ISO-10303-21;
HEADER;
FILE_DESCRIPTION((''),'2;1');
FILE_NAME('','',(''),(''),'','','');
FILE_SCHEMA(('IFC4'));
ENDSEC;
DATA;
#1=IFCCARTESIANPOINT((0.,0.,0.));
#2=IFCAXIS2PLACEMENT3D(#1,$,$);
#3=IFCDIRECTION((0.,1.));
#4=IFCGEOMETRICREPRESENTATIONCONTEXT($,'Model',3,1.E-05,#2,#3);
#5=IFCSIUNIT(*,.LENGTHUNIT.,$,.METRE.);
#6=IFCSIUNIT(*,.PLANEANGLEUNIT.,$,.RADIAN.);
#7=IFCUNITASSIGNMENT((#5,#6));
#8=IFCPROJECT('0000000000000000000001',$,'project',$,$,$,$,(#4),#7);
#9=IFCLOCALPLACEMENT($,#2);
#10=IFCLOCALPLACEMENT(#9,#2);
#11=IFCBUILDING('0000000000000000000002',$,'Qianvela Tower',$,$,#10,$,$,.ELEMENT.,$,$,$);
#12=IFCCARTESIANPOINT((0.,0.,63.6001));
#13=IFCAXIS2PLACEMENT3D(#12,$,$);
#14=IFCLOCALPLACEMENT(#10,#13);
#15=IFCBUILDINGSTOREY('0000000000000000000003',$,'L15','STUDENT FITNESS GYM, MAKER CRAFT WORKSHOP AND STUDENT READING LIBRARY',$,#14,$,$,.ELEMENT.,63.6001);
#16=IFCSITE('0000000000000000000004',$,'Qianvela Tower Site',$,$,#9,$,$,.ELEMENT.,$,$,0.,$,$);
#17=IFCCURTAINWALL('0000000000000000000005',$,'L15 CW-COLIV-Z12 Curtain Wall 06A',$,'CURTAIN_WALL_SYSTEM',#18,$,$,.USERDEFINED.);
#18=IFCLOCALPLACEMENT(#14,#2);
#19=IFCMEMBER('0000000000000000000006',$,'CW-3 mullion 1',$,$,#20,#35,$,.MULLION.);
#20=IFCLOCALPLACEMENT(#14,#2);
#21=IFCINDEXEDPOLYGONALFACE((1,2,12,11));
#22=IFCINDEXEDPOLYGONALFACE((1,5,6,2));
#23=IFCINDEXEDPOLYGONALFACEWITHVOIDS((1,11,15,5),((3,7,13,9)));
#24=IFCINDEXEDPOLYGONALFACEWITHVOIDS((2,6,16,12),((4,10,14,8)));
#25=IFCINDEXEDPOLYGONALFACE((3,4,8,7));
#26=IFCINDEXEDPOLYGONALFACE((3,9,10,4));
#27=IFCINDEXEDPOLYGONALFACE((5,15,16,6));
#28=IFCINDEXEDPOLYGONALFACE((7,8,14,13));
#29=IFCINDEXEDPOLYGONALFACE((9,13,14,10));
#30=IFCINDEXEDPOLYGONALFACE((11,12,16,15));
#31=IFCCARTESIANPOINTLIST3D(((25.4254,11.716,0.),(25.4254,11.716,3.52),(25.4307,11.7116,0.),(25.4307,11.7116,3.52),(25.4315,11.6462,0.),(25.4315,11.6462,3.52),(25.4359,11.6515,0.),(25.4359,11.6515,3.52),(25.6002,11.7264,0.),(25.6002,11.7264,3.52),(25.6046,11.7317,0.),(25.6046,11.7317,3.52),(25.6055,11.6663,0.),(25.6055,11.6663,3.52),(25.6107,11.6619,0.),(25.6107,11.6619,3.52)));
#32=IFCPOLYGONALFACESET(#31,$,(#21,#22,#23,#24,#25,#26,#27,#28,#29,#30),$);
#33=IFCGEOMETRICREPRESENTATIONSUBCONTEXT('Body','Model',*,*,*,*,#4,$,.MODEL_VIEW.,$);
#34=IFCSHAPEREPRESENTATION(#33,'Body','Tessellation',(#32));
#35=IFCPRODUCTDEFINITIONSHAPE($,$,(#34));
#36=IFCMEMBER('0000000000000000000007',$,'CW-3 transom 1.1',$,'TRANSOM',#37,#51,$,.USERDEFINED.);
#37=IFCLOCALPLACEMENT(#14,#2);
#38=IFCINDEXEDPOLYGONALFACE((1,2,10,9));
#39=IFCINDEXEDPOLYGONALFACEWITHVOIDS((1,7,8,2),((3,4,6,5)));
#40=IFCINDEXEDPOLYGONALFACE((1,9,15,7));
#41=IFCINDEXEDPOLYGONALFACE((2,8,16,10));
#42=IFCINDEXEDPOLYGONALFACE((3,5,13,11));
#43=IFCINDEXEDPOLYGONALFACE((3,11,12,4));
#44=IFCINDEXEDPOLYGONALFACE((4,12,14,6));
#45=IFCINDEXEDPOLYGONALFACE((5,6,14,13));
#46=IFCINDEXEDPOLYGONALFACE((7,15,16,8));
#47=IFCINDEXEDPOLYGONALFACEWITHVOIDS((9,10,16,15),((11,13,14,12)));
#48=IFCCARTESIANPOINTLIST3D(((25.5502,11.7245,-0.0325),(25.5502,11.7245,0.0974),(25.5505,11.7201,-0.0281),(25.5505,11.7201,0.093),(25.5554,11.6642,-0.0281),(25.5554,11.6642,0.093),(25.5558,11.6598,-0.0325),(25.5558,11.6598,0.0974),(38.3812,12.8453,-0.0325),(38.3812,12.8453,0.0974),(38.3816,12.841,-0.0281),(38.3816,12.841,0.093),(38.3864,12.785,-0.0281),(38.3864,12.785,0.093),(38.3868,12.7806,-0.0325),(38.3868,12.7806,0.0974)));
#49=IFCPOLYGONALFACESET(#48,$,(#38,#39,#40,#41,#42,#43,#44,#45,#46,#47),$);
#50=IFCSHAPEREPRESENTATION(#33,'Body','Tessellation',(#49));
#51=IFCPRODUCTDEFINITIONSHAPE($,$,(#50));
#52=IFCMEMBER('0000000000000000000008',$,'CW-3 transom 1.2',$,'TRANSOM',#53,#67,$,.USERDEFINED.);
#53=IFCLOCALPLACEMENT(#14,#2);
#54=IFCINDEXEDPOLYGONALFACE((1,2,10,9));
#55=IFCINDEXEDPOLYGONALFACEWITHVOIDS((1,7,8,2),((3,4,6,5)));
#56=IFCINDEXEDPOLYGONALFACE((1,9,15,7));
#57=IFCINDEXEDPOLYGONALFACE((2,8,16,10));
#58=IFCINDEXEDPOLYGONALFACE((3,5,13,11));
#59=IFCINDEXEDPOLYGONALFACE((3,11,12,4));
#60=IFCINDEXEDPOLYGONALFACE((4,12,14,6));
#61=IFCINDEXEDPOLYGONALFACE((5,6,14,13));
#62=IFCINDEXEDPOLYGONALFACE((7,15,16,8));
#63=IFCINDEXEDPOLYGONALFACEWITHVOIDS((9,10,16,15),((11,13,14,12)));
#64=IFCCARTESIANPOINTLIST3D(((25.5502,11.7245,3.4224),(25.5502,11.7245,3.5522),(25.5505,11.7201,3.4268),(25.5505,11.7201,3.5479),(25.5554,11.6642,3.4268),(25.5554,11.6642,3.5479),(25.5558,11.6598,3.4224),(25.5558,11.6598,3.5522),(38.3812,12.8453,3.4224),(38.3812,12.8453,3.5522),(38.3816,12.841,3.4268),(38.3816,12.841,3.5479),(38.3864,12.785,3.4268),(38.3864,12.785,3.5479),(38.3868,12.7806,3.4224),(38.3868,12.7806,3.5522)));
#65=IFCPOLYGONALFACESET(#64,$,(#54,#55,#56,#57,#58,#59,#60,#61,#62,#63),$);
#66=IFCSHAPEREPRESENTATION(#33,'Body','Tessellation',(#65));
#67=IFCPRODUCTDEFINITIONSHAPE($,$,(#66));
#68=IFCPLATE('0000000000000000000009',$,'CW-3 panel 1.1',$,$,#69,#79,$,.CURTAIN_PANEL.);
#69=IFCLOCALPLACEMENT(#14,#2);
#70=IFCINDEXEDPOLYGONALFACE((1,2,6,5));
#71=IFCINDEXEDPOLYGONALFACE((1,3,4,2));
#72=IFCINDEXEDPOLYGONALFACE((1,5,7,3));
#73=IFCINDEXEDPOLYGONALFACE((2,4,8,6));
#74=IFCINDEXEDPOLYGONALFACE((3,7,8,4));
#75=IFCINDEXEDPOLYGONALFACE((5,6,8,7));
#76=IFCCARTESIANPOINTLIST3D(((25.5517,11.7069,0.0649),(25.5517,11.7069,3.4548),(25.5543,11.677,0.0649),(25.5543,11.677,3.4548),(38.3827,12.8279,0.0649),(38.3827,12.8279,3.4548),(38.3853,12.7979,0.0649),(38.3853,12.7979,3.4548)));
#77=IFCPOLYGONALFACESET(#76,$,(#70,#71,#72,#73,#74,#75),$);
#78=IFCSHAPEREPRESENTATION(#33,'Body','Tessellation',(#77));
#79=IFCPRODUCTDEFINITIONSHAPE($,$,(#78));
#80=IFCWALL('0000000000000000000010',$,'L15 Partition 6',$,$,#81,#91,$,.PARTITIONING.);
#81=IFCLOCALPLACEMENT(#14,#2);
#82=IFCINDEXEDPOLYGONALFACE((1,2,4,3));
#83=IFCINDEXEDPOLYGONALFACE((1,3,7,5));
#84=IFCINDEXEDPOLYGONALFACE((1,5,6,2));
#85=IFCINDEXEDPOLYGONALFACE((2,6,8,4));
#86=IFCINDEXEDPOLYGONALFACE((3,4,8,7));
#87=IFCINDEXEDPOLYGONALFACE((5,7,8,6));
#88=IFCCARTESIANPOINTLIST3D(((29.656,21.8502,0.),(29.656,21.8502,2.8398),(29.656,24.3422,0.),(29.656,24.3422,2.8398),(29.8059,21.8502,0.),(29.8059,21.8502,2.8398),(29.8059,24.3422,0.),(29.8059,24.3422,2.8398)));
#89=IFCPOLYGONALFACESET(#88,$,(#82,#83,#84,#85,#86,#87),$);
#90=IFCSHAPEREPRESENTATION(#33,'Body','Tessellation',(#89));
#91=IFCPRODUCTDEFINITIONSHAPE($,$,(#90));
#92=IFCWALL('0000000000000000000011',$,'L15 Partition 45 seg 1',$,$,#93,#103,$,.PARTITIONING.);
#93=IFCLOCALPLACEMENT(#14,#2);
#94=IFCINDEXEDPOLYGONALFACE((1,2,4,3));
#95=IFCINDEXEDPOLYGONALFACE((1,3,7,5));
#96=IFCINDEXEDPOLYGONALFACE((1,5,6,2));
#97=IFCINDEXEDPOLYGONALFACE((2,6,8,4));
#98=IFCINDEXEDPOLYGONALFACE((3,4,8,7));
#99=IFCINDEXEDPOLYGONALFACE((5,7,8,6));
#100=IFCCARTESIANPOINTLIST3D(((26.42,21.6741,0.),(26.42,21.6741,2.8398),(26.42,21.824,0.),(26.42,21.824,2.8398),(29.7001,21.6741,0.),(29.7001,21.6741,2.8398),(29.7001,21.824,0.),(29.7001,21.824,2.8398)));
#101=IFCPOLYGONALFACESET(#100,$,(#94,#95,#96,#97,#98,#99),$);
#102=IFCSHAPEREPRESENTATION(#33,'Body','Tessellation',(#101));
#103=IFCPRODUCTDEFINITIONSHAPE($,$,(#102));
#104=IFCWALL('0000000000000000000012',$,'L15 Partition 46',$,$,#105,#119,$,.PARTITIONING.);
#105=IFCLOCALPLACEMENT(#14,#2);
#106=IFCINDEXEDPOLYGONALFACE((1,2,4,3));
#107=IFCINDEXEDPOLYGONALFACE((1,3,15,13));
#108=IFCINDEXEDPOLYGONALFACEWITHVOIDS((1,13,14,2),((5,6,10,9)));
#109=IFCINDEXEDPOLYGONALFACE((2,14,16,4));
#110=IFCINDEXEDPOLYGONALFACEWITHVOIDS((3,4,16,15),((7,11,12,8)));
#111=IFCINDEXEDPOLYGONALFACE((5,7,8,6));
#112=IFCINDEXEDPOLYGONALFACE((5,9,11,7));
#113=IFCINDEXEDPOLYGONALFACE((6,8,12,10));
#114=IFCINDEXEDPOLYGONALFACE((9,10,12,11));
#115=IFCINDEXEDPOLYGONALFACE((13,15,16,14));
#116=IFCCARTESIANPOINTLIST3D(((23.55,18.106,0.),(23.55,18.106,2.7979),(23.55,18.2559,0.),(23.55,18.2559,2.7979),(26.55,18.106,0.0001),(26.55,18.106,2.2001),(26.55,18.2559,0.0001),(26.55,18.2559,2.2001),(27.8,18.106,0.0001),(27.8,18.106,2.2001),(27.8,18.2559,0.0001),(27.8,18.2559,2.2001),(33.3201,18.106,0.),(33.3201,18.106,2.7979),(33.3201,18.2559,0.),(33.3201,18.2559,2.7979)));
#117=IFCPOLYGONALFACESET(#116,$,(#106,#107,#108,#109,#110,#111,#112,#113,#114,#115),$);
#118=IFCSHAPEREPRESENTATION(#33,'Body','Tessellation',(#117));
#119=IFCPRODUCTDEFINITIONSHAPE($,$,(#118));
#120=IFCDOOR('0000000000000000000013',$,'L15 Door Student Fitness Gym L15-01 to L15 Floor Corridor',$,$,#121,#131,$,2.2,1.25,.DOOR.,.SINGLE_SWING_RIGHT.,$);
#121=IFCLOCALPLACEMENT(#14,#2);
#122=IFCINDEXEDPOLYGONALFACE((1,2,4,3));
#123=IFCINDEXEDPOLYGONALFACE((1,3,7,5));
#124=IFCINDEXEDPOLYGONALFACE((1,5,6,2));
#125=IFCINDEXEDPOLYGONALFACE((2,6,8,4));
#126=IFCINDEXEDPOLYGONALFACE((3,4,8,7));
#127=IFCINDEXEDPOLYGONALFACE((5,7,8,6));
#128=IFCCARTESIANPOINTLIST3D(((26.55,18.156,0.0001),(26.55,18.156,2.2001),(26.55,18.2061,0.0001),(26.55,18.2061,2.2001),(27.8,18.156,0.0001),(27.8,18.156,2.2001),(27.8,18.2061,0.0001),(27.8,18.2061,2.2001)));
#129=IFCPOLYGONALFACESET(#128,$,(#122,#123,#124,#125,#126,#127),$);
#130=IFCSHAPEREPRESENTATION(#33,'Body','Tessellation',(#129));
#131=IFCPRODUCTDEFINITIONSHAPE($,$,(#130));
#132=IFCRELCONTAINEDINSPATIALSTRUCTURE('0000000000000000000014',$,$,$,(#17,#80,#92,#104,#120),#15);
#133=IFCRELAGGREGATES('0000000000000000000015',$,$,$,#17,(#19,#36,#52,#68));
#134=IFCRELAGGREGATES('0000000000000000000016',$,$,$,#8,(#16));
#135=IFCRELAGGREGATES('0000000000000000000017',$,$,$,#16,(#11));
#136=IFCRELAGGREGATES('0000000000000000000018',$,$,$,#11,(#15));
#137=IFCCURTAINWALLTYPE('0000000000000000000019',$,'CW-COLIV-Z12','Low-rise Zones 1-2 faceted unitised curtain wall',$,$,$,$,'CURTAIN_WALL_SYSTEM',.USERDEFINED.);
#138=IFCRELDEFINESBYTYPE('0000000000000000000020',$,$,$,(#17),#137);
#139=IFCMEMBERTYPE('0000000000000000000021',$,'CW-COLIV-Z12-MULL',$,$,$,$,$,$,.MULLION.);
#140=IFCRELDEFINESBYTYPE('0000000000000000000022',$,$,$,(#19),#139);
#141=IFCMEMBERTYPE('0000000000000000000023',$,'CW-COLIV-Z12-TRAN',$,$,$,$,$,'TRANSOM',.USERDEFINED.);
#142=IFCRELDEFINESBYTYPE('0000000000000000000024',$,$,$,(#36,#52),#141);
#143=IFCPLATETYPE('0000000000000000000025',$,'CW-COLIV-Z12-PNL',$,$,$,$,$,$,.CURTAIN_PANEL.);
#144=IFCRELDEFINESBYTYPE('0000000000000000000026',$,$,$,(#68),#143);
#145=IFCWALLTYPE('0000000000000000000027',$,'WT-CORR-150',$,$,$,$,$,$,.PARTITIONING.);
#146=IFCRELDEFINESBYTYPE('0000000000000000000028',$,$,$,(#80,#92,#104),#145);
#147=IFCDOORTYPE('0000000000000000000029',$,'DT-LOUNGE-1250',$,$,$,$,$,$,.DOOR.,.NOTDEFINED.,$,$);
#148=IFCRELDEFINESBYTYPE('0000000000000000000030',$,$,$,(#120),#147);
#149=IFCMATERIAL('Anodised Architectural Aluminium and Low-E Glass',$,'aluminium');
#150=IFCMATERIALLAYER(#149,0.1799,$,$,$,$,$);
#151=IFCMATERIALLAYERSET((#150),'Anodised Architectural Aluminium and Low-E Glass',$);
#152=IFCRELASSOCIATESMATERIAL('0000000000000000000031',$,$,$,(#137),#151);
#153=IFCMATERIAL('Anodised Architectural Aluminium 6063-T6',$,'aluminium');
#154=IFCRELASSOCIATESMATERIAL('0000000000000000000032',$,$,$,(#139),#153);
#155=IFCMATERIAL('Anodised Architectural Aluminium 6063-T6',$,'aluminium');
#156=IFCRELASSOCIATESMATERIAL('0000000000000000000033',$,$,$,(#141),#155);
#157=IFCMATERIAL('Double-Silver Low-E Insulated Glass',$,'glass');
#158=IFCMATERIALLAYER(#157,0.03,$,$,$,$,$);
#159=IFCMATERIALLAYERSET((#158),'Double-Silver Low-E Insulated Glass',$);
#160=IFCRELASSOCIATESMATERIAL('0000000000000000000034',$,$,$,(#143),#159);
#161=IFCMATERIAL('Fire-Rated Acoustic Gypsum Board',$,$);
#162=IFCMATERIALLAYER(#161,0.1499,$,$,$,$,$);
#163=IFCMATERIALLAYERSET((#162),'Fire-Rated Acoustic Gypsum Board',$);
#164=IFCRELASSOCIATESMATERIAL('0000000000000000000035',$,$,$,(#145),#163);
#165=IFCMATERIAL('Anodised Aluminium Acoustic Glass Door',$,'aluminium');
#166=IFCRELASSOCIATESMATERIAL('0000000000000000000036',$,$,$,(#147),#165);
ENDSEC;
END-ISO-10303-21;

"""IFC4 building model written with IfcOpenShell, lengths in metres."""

from ifc_helpers import new_model, si_unit, direction, frame, frame_2d, origin, origin_2d, place, context, subcontext, project, spatial, rectangle, hollow_rectangle, extrude, material, layer, layer_set, material_profile, profile_set, type_object, element, fill, aggregate, save


model = new_model("IFC4")

# Units and contexts
model_context = context("Model", 3, precision=1e-05, world=origin(), true_north=direction((0.0, 1.0)))
body_context = subcontext(model_context, "Body", "Model", "MODEL_VIEW")
ifc_project = project(units=[si_unit("LENGTHUNIT", "METRE"), si_unit("PLANEANGLEUNIT", "RADIAN")], contexts=[model_context])

# Site, building, storey
site_placement = place(None, origin())
site = spatial("IfcSite", under=ifc_project, at=site_placement, Name="Qianvela Tower Site", CompositionType="ELEMENT", RefElevation=0.0)
building_placement = place(site_placement, origin())
building = spatial("IfcBuilding", under=site, at=building_placement, Name="Qianvela Tower", CompositionType="ELEMENT")
storey_placement = place(building_placement, frame((0.0, 0.0, 63.6001)))
storey = spatial("IfcBuildingStorey", under=building, at=storey_placement, Name="L15", Description="STUDENT FITNESS GYM, MAKER CRAFT WORKSHOP AND STUDENT READING LIBRARY", CompositionType="ELEMENT", Elevation=63.6001)

# Curtain wall, members, plate
ifc_material_1 = material(Name="Anodised Architectural Aluminium and Low-E Glass", Category="aluminium")
ifc_layer_1 = layer(ifc_material_1, 0.1799)
ifc_layer_set_1 = layer_set([ifc_layer_1], Name="Anodised Architectural Aluminium and Low-E Glass")
curtain_wall_type = type_object("IfcCurtainWallType", Name="CW-COLIV-Z12", Description="Low-rise Zones 1-2 faceted unitised curtain wall", ElementType="CURTAIN_WALL_SYSTEM", PredefinedType="USERDEFINED", material=ifc_layer_set_1)
curtain_wall_placement = place(storey_placement, origin())
curtain_wall = element("IfcCurtainWall", 1, at=curtain_wall_placement, inside=storey, type_object=curtain_wall_type, Name="L15 CW-COLIV-Z12 Curtain Wall 06A", ObjectType="CURTAIN_WALL_SYSTEM", PredefinedType="USERDEFINED")
ifc_material_2 = material(Name="Anodised Architectural Aluminium 6063-T6", Category="aluminium")
ifc_material_profile_1 = material_profile(ifc_material_2, hollow_rectangle(XDim=0.0701, YDim=0.1799, WallThickness=0.0049, at=origin_2d()), Name="ALU-MULL-70x180")
ifc_profile_set_1 = profile_set([ifc_material_profile_1], Name="Anodised Architectural Aluminium 6063-T6")
member_type_1 = type_object("IfcMemberType", Name="CW-COLIV-Z12-MULL", PredefinedType="MULLION", material=ifc_profile_set_1)
member_1_placement = place(storey_placement, frame((25.5181, 11.689, 0.0), z_axis=(0.0, 0.0, 1.0), x_axis=(-0.087028, 0.996206, 0.0)))
member_1 = element("IfcMember", 2, at=member_1_placement, type_object=member_type_1, Name="CW-3 mullion 1", PredefinedType="MULLION", context=body_context, shape_type="SweptSolid", body=[
    extrude(hollow_rectangle(XDim=0.0701, YDim=0.1799, WallThickness=0.0049, at=origin_2d()), origin(), (0.0, 0.0, 1.0), 3.52),
])
ifc_material_3 = material(Name="Anodised Architectural Aluminium 6063-T6", Category="aluminium")
ifc_material_profile_2 = material_profile(ifc_material_3, hollow_rectangle(XDim=0.0649, YDim=0.1299, WallThickness=0.0044, at=origin_2d()), Name="ALU-TRAN-65x130")
ifc_profile_set_2 = profile_set([ifc_material_profile_2], Name="Anodised Architectural Aluminium 6063-T6")
member_type_2 = type_object("IfcMemberType", Name="CW-COLIV-Z12-TRAN", ElementType="TRANSOM", PredefinedType="USERDEFINED", material=ifc_profile_set_2)
member_2_placement = place(storey_placement, frame((25.553, 11.6921, 0.0325), z_axis=(0.996206, 0.087023, 0.0), x_axis=(-0.087023, 0.996206, 0.0)))
member_2 = element("IfcMember", 3, at=member_2_placement, type_object=member_type_2, Name="CW-3 transom 1.1", ObjectType="TRANSOM", PredefinedType="USERDEFINED", context=body_context, shape_type="SweptSolid", body=[
    extrude(hollow_rectangle(XDim=0.0649, YDim=0.1299, WallThickness=0.0044, at=origin_2d()), origin(), (0.0, 0.0, 1.0), 12.8799),
])
member_3_placement = place(storey_placement, frame((25.553, 11.6921, 3.4873), z_axis=(0.996206, 0.087023, 0.0), x_axis=(-0.087023, 0.996206, 0.0)))
member_3 = element("IfcMember", 4, at=member_3_placement, type_object=member_type_2, Name="CW-3 transom 1.2", ObjectType="TRANSOM", PredefinedType="USERDEFINED", context=body_context, shape_type="SweptSolid", body=[
    extrude(hollow_rectangle(XDim=0.0649, YDim=0.1299, WallThickness=0.0044, at=origin_2d()), origin(), (0.0, 0.0, 1.0), 12.8799),
])
ifc_material_4 = material(Name="Double-Silver Low-E Insulated Glass", Category="glass")
ifc_layer_2 = layer(ifc_material_4, 0.03)
ifc_layer_set_2 = layer_set([ifc_layer_2], Name="Double-Silver Low-E Insulated Glass")
plate_type = type_object("IfcPlateType", Name="CW-COLIV-Z12-PNL", PredefinedType="CURTAIN_PANEL", material=ifc_layer_set_2)
plate_placement = place(storey_placement, frame((31.9685, 12.2524, 0.0649), z_axis=(0.0, 0.0, 1.0), x_axis=(0.996206, 0.087028, 0.0)))
plate = element("IfcPlate", 5, at=plate_placement, type_object=plate_type, Name="CW-3 panel 1.1", PredefinedType="CURTAIN_PANEL", context=body_context, shape_type="SweptSolid", body=[
    extrude(rectangle(XDim=12.8799, YDim=0.03, at=origin_2d()), origin(), (0.0, 0.0, 1.0), 3.3899),
])
aggregate(curtain_wall, [member_1, member_2, member_3, plate])

# Shared definitions
ifc_material_5 = material(Name="Fire-Rated Acoustic Gypsum Board")
ifc_layer_3 = layer(ifc_material_5, 0.1499)
ifc_layer_set_3 = layer_set([ifc_layer_3], Name="Fire-Rated Acoustic Gypsum Board")
wall_type = type_object("IfcWallType", Name="WT-CORR-150", PredefinedType="PARTITIONING", material=ifc_layer_set_3)

# Walls
wall_1_placement = place(storey_placement, frame((29.731, 21.8501, 0.0), z_axis=(0.0, 0.0, 1.0), x_axis=(0.0, 1.0, 0.0)))
element("IfcWall", 6, at=wall_1_placement, inside=storey, type_object=wall_type, Name="L15 Partition 6", PredefinedType="PARTITIONING", context=body_context, shape_type="SweptSolid", body=[
    extrude(rectangle(XDim=2.4919, YDim=0.1499, at=frame_2d((1.2461, 0.0))), origin(), (0.0, 0.0, 1.0), 2.8398),
])
wall_2_placement = place(storey_placement, frame((26.4199, 21.749, 0.0), z_axis=(0.0, 0.0, 1.0), x_axis=(1.0, 0.0, 0.0)))
element("IfcWall", 7, at=wall_2_placement, inside=storey, type_object=wall_type, Name="L15 Partition 45 seg 1", PredefinedType="PARTITIONING", context=body_context, shape_type="SweptSolid", body=[
    extrude(rectangle(XDim=3.28, YDim=0.1499, at=frame_2d((1.6401, 0.0))), origin(), (0.0, 0.0, 1.0), 2.8398),
])

# Wall, opening, door
wall_3_placement = place(storey_placement, frame((33.3201, 18.1809, 0.0), z_axis=(0.0, 0.0, 1.0), x_axis=(-1.0, 0.0, 0.0)))
wall_3 = element("IfcWall", 8, at=wall_3_placement, inside=storey, type_object=wall_type, Name="L15 Partition 46", PredefinedType="PARTITIONING", context=body_context, shape_type="SweptSolid", body=[
    extrude(rectangle(XDim=9.77, YDim=0.1499, at=frame_2d((4.885, 0.0))), origin(), (0.0, 0.0, 1.0), 2.7979),
])
opening_1_placement = place(wall_3_placement, frame((5.52, 0.0, 0.0)))
opening_1 = element("IfcOpeningElement", 9, at=opening_1_placement, cuts=wall_3, PredefinedType="OPENING", context=body_context, shape_type="SweptSolid", body=[
    extrude(rectangle(XDim=1.25, YDim=2.2, at=frame_2d((0.625, 1.1001))), frame((0.0, 0.085, 0.0), z_axis=(0.0, -1.0, 0.0), x_axis=(1.0, 0.0, 0.0)), (0.0, 0.0, 1.0), 0.1699),
])
ifc_material_6 = material(Name="Anodised Aluminium Acoustic Glass Door", Category="aluminium")
door_type_1 = type_object("IfcDoorType", Name="DT-LOUNGE-1250", OperationType="NOTDEFINED", PredefinedType="DOOR", material=ifc_material_6)
door_1_placement = place(opening_1_placement, origin())
door_1 = element("IfcDoor", 10, at=door_1_placement, inside=storey, type_object=door_type_1, Name="L15 Door Student Fitness Gym L15-01 to L15 Floor Corridor", OperationType="SINGLE_SWING_RIGHT", OverallHeight=2.2, OverallWidth=1.25, PredefinedType="DOOR", context=body_context, shape_type="SweptSolid", body=[
    extrude(rectangle(XDim=1.25, YDim=2.2, at=frame_2d((0.625, 1.1001))), frame((0.0, 0.0249, 0.0), z_axis=(0.0, -1.0, 0.0), x_axis=(1.0, 0.0, 0.0)), (0.0, 0.0, 1.0), 0.05),
])
fill(opening_1, door_1)

save(model, "model.ifc")
